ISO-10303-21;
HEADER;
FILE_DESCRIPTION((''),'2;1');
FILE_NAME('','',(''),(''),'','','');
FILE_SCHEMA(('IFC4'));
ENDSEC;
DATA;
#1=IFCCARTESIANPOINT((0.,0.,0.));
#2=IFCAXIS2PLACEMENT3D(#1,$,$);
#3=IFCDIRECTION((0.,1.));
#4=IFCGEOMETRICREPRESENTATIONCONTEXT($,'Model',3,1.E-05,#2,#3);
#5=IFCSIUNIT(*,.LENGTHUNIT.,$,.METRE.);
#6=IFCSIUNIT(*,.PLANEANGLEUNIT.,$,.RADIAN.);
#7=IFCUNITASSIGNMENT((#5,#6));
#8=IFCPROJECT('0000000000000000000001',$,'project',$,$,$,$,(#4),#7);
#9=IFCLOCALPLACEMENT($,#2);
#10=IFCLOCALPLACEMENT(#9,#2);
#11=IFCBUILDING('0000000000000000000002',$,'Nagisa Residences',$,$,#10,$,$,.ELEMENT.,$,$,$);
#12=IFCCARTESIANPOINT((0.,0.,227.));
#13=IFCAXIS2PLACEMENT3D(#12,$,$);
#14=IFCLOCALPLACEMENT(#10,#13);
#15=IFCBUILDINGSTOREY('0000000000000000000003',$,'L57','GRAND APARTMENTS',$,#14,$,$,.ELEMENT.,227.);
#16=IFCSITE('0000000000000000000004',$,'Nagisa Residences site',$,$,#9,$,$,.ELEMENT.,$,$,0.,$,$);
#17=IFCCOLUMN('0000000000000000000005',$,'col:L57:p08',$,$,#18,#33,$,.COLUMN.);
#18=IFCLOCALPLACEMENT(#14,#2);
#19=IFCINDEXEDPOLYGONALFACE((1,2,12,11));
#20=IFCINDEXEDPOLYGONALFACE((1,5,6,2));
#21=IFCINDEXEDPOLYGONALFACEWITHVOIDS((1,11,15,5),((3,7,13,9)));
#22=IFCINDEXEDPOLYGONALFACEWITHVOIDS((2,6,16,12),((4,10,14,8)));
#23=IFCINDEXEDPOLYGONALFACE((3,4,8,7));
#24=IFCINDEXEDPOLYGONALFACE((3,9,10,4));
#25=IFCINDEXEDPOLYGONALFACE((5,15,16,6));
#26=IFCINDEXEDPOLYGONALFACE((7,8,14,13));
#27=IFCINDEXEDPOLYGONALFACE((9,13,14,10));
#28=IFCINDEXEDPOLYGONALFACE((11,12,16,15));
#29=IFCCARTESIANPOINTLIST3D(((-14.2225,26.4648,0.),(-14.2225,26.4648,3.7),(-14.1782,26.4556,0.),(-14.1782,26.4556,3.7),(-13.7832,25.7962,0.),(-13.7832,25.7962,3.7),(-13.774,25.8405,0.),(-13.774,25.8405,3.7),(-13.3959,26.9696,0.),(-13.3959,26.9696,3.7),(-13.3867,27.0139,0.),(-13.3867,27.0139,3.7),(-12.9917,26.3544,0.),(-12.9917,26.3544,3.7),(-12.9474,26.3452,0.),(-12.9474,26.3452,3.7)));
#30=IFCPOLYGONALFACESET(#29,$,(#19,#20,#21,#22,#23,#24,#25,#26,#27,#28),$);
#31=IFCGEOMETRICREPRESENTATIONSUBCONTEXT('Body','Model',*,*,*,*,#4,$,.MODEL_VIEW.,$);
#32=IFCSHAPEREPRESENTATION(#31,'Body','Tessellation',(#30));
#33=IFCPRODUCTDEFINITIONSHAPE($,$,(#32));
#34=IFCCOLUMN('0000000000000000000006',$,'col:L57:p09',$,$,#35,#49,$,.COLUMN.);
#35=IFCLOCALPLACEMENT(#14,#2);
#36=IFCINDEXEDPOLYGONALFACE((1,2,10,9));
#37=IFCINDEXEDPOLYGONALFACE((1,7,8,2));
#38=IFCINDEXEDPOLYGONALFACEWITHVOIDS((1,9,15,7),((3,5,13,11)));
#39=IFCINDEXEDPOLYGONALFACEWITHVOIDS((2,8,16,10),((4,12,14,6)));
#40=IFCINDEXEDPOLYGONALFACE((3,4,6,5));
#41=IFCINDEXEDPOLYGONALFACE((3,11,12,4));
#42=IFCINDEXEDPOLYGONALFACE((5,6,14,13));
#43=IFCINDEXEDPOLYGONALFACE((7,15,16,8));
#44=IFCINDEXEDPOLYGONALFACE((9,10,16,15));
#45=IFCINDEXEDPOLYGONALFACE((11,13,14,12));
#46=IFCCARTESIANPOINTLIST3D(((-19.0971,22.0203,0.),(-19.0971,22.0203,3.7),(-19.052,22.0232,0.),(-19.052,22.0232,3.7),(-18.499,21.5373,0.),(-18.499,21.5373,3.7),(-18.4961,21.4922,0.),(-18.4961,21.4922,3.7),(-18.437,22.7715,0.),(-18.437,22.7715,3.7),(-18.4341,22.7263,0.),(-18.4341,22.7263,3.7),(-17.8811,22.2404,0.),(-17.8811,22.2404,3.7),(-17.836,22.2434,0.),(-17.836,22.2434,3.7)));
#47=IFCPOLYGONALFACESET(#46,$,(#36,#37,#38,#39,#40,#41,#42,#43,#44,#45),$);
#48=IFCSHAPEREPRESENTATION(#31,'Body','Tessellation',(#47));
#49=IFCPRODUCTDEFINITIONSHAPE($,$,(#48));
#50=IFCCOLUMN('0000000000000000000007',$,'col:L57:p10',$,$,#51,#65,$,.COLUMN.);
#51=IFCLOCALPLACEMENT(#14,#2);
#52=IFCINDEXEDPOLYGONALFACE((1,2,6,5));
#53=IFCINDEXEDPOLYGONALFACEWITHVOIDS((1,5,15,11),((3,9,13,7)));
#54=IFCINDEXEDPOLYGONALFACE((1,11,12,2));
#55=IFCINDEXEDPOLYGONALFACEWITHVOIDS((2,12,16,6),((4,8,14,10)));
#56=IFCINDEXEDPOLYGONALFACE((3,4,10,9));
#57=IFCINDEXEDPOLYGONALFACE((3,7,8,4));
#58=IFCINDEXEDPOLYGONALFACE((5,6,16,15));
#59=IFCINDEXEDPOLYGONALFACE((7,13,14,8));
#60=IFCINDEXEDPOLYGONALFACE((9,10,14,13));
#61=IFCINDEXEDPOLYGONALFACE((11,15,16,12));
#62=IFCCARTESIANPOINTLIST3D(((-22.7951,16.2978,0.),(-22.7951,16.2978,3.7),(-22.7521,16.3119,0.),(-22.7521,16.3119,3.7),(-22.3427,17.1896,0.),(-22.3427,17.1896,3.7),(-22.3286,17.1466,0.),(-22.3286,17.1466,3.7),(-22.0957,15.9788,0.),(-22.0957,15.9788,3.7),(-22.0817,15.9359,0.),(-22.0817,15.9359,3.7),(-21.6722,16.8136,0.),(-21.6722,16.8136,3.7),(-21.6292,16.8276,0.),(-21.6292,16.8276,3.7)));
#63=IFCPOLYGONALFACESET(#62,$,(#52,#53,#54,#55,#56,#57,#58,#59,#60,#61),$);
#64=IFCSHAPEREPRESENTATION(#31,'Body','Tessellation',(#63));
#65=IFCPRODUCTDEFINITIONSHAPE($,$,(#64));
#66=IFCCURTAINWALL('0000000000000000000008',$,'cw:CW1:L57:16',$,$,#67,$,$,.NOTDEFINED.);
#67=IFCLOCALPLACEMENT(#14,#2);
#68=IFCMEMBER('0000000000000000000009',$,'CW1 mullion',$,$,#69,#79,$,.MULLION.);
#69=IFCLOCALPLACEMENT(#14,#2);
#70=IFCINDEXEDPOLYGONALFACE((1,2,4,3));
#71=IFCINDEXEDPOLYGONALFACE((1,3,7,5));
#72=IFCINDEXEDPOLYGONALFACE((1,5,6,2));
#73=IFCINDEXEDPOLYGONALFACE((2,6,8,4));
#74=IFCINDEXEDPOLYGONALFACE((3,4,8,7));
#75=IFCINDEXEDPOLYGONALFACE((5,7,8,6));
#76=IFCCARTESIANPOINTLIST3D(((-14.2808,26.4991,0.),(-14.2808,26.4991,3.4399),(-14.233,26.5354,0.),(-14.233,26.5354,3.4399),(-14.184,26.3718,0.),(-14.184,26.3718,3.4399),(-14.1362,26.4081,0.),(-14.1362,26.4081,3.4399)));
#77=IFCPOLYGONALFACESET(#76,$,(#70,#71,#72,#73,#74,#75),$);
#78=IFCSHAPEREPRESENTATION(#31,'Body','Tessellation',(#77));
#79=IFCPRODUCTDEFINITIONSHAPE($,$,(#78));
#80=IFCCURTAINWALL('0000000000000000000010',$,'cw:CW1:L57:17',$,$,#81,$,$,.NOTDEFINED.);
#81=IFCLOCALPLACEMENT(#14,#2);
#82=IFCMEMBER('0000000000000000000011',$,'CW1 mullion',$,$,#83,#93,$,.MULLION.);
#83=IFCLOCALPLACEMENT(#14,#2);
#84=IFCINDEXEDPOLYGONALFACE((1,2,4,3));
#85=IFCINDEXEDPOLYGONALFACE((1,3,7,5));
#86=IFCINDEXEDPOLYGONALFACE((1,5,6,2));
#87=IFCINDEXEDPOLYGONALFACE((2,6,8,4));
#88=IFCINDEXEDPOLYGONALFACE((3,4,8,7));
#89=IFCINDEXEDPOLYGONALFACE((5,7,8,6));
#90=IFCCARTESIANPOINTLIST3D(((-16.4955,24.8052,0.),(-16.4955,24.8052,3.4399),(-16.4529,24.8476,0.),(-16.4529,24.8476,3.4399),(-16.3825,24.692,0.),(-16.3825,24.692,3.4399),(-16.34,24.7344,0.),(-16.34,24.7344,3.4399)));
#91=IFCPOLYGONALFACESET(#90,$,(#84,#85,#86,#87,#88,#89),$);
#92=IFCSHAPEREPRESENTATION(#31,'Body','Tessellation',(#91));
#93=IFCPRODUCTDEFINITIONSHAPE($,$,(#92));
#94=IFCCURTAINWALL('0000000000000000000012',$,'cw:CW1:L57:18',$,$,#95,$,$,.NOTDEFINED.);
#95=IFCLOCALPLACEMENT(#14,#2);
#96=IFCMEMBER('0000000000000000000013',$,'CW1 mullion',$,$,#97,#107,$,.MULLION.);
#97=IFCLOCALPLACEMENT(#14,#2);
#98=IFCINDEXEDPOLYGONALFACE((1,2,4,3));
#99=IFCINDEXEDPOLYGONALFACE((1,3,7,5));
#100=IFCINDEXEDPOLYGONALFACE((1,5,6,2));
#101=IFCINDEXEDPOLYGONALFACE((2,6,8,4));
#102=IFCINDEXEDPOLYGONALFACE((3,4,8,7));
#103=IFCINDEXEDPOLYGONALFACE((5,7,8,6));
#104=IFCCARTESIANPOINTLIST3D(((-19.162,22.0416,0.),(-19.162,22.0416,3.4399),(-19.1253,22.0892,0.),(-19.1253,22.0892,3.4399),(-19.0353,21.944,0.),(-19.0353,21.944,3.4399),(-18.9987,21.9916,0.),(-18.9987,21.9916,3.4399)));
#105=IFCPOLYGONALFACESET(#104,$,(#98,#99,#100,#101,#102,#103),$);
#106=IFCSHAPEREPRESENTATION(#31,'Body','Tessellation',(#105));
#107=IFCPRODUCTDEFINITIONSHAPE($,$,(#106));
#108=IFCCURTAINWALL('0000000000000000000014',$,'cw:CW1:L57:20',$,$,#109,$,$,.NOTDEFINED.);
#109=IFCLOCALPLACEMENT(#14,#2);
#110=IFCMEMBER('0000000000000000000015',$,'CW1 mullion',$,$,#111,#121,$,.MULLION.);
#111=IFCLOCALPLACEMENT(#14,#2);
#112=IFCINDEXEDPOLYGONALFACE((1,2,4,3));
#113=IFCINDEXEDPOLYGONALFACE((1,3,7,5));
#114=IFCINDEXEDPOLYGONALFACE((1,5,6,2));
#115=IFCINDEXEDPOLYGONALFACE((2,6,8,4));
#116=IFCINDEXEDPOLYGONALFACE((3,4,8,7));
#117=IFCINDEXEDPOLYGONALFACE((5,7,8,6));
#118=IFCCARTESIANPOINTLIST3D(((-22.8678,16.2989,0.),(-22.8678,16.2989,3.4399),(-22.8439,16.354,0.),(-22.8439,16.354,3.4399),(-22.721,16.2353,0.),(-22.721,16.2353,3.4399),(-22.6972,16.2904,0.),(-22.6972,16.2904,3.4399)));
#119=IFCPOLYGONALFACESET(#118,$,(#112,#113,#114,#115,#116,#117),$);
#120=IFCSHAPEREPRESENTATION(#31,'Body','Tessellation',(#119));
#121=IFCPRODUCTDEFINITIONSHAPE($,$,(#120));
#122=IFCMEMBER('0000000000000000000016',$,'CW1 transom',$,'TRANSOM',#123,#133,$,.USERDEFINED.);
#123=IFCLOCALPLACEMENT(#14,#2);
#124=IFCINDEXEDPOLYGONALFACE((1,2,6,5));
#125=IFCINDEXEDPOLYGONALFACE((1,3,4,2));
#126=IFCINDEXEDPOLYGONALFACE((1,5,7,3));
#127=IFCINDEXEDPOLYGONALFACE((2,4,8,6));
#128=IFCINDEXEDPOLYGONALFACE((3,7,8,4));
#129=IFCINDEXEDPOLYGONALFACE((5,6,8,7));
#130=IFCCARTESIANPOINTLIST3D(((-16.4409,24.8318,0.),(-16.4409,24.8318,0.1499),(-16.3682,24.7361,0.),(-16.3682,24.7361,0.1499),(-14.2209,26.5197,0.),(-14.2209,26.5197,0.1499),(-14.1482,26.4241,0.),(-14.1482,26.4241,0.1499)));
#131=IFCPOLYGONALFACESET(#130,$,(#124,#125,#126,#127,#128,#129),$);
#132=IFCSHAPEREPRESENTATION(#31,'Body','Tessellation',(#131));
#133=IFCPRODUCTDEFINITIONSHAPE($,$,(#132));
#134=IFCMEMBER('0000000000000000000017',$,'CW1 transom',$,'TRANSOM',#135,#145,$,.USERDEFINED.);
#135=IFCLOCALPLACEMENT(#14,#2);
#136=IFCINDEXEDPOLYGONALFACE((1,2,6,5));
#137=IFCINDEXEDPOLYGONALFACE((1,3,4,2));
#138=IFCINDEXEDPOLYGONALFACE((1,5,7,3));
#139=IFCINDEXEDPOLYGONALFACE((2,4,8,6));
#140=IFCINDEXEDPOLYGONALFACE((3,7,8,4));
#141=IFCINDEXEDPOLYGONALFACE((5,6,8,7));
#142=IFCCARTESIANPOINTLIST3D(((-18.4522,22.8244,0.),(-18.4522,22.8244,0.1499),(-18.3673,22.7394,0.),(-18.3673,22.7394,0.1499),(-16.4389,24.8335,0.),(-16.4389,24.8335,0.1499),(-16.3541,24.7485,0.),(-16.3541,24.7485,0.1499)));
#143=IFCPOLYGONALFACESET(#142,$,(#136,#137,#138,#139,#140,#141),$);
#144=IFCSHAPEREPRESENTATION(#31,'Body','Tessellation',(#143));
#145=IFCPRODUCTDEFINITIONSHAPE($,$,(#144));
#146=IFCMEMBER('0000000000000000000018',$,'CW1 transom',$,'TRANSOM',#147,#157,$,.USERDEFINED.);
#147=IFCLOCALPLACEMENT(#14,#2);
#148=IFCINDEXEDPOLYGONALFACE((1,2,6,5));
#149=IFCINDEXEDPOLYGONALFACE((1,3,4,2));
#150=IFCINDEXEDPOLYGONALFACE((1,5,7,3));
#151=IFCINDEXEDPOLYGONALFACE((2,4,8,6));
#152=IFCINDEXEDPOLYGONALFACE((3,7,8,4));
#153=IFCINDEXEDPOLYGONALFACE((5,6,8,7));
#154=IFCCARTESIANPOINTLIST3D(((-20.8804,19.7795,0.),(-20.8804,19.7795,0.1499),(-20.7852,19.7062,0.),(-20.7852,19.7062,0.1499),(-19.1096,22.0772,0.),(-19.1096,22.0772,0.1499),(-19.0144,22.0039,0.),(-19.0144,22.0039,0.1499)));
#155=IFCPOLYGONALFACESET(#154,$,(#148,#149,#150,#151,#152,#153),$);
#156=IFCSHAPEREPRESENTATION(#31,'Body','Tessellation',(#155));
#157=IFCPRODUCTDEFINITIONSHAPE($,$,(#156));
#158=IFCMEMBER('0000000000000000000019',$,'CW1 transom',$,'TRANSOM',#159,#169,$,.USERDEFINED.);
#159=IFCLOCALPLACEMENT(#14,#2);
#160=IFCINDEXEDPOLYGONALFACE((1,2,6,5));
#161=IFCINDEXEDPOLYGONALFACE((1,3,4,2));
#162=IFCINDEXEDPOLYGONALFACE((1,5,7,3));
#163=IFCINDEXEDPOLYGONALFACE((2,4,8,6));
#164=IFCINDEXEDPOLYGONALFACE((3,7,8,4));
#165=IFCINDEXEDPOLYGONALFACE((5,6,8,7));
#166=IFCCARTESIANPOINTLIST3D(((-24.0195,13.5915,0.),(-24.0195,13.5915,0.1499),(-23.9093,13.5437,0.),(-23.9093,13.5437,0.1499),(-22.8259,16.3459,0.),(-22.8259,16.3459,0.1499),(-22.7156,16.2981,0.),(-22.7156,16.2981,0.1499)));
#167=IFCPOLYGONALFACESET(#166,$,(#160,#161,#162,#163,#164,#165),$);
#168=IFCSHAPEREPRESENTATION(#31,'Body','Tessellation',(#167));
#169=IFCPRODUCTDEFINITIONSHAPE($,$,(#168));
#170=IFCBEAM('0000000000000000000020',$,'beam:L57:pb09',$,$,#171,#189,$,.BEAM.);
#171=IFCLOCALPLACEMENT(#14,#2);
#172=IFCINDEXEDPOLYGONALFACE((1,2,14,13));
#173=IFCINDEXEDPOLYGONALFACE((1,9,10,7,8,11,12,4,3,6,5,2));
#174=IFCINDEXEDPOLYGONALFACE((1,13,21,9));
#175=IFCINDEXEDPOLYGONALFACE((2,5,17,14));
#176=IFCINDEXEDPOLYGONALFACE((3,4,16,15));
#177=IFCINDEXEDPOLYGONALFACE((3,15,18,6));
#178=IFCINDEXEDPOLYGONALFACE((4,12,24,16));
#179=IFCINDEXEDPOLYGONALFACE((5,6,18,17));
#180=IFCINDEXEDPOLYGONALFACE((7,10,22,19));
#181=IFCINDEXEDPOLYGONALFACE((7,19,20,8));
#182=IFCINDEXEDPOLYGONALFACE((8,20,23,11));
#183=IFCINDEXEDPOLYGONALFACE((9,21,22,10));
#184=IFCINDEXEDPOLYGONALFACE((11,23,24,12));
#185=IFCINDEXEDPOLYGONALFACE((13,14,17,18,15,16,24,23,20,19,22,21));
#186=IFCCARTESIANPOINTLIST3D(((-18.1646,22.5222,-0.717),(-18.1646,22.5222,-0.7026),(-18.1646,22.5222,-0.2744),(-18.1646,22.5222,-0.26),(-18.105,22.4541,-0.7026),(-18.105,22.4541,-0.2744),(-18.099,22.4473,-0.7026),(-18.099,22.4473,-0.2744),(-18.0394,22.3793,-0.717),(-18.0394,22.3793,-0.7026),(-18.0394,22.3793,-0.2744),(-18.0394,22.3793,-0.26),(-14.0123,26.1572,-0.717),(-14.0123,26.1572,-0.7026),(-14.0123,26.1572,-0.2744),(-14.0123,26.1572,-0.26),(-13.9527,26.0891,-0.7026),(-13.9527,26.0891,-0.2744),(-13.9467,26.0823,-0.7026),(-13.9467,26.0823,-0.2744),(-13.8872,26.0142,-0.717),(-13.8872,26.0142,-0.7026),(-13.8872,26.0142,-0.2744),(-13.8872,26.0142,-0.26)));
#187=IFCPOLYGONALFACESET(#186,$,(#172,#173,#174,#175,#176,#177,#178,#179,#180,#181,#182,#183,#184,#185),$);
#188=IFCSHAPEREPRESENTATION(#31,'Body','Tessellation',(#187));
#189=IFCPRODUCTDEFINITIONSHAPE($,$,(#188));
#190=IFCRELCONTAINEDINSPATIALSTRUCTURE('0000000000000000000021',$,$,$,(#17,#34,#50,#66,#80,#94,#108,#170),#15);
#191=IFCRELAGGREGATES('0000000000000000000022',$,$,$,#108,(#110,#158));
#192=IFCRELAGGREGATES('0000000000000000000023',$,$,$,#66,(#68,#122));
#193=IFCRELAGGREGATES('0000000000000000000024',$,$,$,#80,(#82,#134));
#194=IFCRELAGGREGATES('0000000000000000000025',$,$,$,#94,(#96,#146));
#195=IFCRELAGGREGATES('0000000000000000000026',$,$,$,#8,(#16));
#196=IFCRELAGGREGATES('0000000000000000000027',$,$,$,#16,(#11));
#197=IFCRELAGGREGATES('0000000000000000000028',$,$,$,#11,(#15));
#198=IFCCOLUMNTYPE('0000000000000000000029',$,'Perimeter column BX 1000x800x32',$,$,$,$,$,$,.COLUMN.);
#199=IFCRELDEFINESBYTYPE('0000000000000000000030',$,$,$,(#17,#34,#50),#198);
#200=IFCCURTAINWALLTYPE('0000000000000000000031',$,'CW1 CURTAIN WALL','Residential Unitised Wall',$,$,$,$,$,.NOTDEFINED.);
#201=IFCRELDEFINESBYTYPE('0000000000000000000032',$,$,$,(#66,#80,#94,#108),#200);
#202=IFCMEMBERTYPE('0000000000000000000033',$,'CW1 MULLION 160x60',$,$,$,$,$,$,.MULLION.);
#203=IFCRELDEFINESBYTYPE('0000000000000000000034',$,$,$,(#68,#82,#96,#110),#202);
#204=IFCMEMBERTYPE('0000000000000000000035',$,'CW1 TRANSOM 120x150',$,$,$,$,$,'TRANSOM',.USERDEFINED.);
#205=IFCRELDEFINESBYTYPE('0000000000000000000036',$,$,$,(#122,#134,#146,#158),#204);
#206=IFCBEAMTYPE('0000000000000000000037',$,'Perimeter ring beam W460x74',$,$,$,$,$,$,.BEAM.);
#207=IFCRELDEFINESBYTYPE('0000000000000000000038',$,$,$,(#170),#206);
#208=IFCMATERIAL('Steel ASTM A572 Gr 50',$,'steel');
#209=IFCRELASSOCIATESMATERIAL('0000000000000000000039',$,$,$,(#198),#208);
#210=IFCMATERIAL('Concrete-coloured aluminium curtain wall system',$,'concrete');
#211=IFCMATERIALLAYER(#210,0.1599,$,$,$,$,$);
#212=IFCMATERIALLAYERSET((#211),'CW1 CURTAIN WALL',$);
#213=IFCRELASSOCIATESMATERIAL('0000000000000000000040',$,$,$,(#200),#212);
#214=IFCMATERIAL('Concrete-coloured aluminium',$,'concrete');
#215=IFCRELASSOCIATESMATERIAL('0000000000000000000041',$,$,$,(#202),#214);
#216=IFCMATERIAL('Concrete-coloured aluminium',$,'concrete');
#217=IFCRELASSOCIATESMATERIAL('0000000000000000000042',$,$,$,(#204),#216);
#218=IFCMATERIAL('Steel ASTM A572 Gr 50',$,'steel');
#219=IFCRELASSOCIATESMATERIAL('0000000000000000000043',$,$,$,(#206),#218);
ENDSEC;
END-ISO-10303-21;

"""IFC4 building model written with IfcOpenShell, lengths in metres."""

from ifc_helpers import new_model, si_unit, direction, frame, origin, origin_2d, place, context, subcontext, project, spatial, rectangle, hollow_rectangle, i_section, extrude, material, layer, layer_set, material_profile, profile_set, type_object, element, aggregate, save


model = new_model("IFC4")

# Units and contexts
model_context = context("Model", 3, precision=1e-05, world=origin(), true_north=direction((0.0, 1.0)))
body_context = subcontext(model_context, "Body", "Model", "MODEL_VIEW")
ifc_project = project(units=[si_unit("LENGTHUNIT", "METRE"), si_unit("PLANEANGLEUNIT", "RADIAN")], contexts=[model_context])

# Site, building, storey
site_placement = place(None, origin())
site = spatial("IfcSite", under=ifc_project, at=site_placement, Name="Nagisa Residences site", CompositionType="ELEMENT", RefElevation=0.0)
building_placement = place(site_placement, origin())
building = spatial("IfcBuilding", under=site, at=building_placement, Name="Nagisa Residences", CompositionType="ELEMENT")
storey_placement = place(building_placement, frame((0.0, 0.0, 227.0)))
storey = spatial("IfcBuildingStorey", under=building, at=storey_placement, Name="L57", Description="GRAND APARTMENTS", CompositionType="ELEMENT", Elevation=227.0)

# Columns
ifc_material_1 = material(Name="Steel ASTM A572 Gr 50", Category="steel")
ifc_material_profile_1 = material_profile(ifc_material_1, hollow_rectangle(XDim=1.0, YDim=0.8, WallThickness=0.032, at=origin_2d()), Name="BX 1000x800x32")
ifc_profile_set_1 = profile_set([ifc_material_profile_1], Name="Steel ASTM A572 Gr 50")
column_type = type_object("IfcColumnType", Name="Perimeter column BX 1000x800x32", PredefinedType="COLUMN", material=ifc_profile_set_1)
for number, where, z_axis, x_axis, name in (
    (1, (-13.585, 26.405, 0.0), (0.0, 0.0, 1.0), (-0.835766, -0.549086, 0.0), "col:L57:p08"),
    (2, (-18.4666, 22.1318, 0.0), (0.0, 0.0, 1.0), (-0.660115, -0.751165, 0.0), "col:L57:p09"),
    (3, (-22.2122, 16.5627, 0.0), (0.0, 0.0, 1.0), (-0.452463, -0.891783, 0.0), "col:L57:p10"),
):
    element("IfcColumn", number, at=place(storey_placement, frame(where, z_axis=z_axis, x_axis=x_axis)), inside=storey, type_object=column_type, Name=name, PredefinedType="COLUMN", context=body_context, shape_type="SweptSolid", body=[
        extrude(hollow_rectangle(XDim=1.0, YDim=0.8, WallThickness=0.032, at=origin_2d()), origin(), (0.0, 0.0, 1.0), 3.7),
    ])

# Curtain walls, members
ifc_material_2 = material(Name="Concrete-coloured aluminium curtain wall system", Category="concrete")
ifc_layer_1 = layer(ifc_material_2, 0.1599)
ifc_layer_set_1 = layer_set([ifc_layer_1], Name="CW1 CURTAIN WALL")
curtain_wall_type = type_object("IfcCurtainWallType", Name="CW1 CURTAIN WALL", Description="Residential Unitised Wall", PredefinedType="NOTDEFINED", material=ifc_layer_set_1)
curtain_wall_1_placement = place(storey_placement, origin())
curtain_wall_1 = element("IfcCurtainWall", 4, at=curtain_wall_1_placement, inside=storey, type_object=curtain_wall_type, Name="cw:CW1:L57:16", PredefinedType="NOTDEFINED")
ifc_material_3 = material(Name="Concrete-coloured aluminium", Category="concrete")
ifc_material_profile_2 = material_profile(ifc_material_3, rectangle(XDim=0.1599, YDim=0.0601, at=origin_2d()), Name="CW1 MULLION 160x60")
ifc_profile_set_2 = profile_set([ifc_material_profile_2], Name="Concrete-coloured aluminium")
member_type_1 = type_object("IfcMemberType", Name="CW1 MULLION 160x60", PredefinedType="MULLION", material=ifc_profile_set_2)
member_1_placement = place(storey_placement, frame((-14.2085, 26.4536, 0.0), z_axis=(0.0, 0.0, 1.0), x_axis=(0.605255, -0.796031, 0.0)))
member_1 = element("IfcMember", 5, at=member_1_placement, type_object=member_type_1, Name="CW1 mullion", PredefinedType="MULLION", context=body_context, shape_type="SweptSolid", body=[
    extrude(rectangle(XDim=0.1599, YDim=0.0601, at=origin_2d()), origin(), (0.0, 0.0, 1.0), 3.4399),
])
curtain_wall_2_placement = place(storey_placement, origin())
curtain_wall_2 = element("IfcCurtainWall", 6, at=curtain_wall_2_placement, inside=storey, type_object=curtain_wall_type, Name="cw:CW1:L57:17", PredefinedType="NOTDEFINED")
member_2_placement = place(storey_placement, frame((-16.4177, 24.7698, 0.0), z_axis=(0.0, 0.0, 1.0), x_axis=(0.706377, -0.707836, 0.0)))
member_2 = element("IfcMember", 7, at=member_2_placement, type_object=member_type_1, Name="CW1 mullion", PredefinedType="MULLION", context=body_context, shape_type="SweptSolid", body=[
    extrude(rectangle(XDim=0.1599, YDim=0.0601, at=origin_2d()), origin(), (0.0, 0.0, 1.0), 3.4399),
])
curtain_wall_3_placement = place(storey_placement, origin())
curtain_wall_3 = element("IfcCurtainWall", 8, at=curtain_wall_3_placement, inside=storey, type_object=curtain_wall_type, Name="cw:CW1:L57:18", PredefinedType="NOTDEFINED")
member_3_placement = place(storey_placement, frame((-19.0803, 22.0166, 0.0), z_axis=(0.0, 0.0, 1.0), x_axis=(0.79207, -0.61043, 0.0)))
member_3 = element("IfcMember", 9, at=member_3_placement, type_object=member_type_1, Name="CW1 mullion", PredefinedType="MULLION", context=body_context, shape_type="SweptSolid", body=[
    extrude(rectangle(XDim=0.1599, YDim=0.0601, at=origin_2d()), origin(), (0.0, 0.0, 1.0), 3.4399),
])
curtain_wall_4_placement = place(storey_placement, origin())
curtain_wall_4 = element("IfcCurtainWall", 10, at=curtain_wall_4_placement, inside=storey, type_object=curtain_wall_type, Name="cw:CW1:L57:20", PredefinedType="NOTDEFINED")
member_4_placement = place(storey_placement, frame((-22.7825, 16.2947, 0.0), z_axis=(0.0, 0.0, 1.0), x_axis=(0.917543, -0.397636, 0.0)))
member_4 = element("IfcMember", 11, at=member_4_placement, type_object=member_type_1, Name="CW1 mullion", PredefinedType="MULLION", context=body_context, shape_type="SweptSolid", body=[
    extrude(rectangle(XDim=0.1599, YDim=0.0601, at=origin_2d()), origin(), (0.0, 0.0, 1.0), 3.4399),
])

# Members
ifc_material_4 = material(Name="Concrete-coloured aluminium", Category="concrete")
ifc_material_profile_3 = material_profile(ifc_material_4, rectangle(XDim=0.1201, YDim=0.1499, at=origin_2d()), Name="CW1 TRANSOM 120x150")
ifc_profile_set_3 = profile_set([ifc_material_profile_3], Name="Concrete-coloured aluminium")
member_type_2 = type_object("IfcMemberType", Name="CW1 TRANSOM 120x150", ElementType="TRANSOM", PredefinedType="USERDEFINED", material=ifc_profile_set_3)
member_5_placement = place(storey_placement, frame((-14.1846, 26.4719, 0.075), z_axis=(-0.796022, -0.605267, 0.0), x_axis=(0.605267, -0.796022, 0.0)))
member_5 = element("IfcMember", 12, at=member_5_placement, type_object=member_type_2, Name="CW1 transom", ObjectType="TRANSOM", PredefinedType="USERDEFINED", context=body_context, shape_type="SweptSolid", body=[
    extrude(rectangle(XDim=0.1201, YDim=0.1499, at=origin_2d()), origin(), (0.0, 0.0, 1.0), 2.7888),
])
member_6_placement = place(storey_placement, frame((-16.3965, 24.791, 0.075), z_axis=(-0.707836, -0.706377, 0.0), x_axis=(0.706377, -0.707836, 0.0)))
member_6 = element("IfcMember", 13, at=member_6_placement, type_object=member_type_2, Name="CW1 transom", ObjectType="TRANSOM", PredefinedType="USERDEFINED", context=body_context, shape_type="SweptSolid", body=[
    extrude(rectangle(XDim=0.1201, YDim=0.1499, at=origin_2d()), origin(), (0.0, 0.0, 1.0), 2.8442),
])
member_7_placement = place(storey_placement, frame((-19.062, 22.0405, 0.075), z_axis=(-0.610439, -0.792064, 0.0), x_axis=(0.792064, -0.610439, 0.0)))
member_7 = element("IfcMember", 14, at=member_7_placement, type_object=member_type_2, Name="CW1 transom", ObjectType="TRANSOM", PredefinedType="USERDEFINED", context=body_context, shape_type="SweptSolid", body=[
    extrude(rectangle(XDim=0.1201, YDim=0.1499, at=origin_2d()), origin(), (0.0, 0.0, 1.0), 2.9009),
])
member_8_placement = place(storey_placement, frame((-22.7708, 16.322, 0.075), z_axis=(-0.397617, -0.917552, 0.0), x_axis=(0.917552, -0.397617, 0.0)))
member_8 = element("IfcMember", 15, at=member_8_placement, type_object=member_type_2, Name="CW1 transom", ObjectType="TRANSOM", PredefinedType="USERDEFINED", context=body_context, shape_type="SweptSolid", body=[
    extrude(rectangle(XDim=0.1201, YDim=0.1499, at=origin_2d()), origin(), (0.0, 0.0, 1.0), 3.002),
])
aggregate(curtain_wall_4, [member_4, member_8])

# Beam
ifc_material_5 = material(Name="Steel ASTM A572 Gr 50", Category="steel")
ifc_material_profile_4 = material_profile(ifc_material_5, i_section(OverallWidth=0.1899, OverallDepth=0.457, WebThickness=0.009, FlangeThickness=0.0144, at=origin_2d()), Name="W460x74")
ifc_profile_set_4 = profile_set([ifc_material_profile_4], Name="Steel ASTM A572 Gr 50")
beam_type_1 = type_object("IfcBeamType", Name="Perimeter ring beam W460x74", PredefinedType="BEAM", material=ifc_profile_set_4)
beam_1_placement = place(storey_placement, frame((-13.9497, 26.0857, -0.4885), z_axis=(-0.752423, -0.65868, 0.0), x_axis=(0.65868, -0.752423, 0.0)))
element("IfcBeam", 16, at=beam_1_placement, inside=storey, type_object=beam_type_1, Name="beam:L57:pb09", PredefinedType="BEAM", context=body_context, shape_type="SweptSolid", body=[
    extrude(i_section(OverallWidth=0.1899, OverallDepth=0.457, WebThickness=0.009, FlangeThickness=0.0144, at=origin_2d()), origin(), (0.0, 0.0, 1.0), 5.5186),
])

aggregate(curtain_wall_1, [member_1, member_5])
aggregate(curtain_wall_2, [member_2, member_6])
aggregate(curtain_wall_3, [member_3, member_7])

save(model, "model.ifc")
